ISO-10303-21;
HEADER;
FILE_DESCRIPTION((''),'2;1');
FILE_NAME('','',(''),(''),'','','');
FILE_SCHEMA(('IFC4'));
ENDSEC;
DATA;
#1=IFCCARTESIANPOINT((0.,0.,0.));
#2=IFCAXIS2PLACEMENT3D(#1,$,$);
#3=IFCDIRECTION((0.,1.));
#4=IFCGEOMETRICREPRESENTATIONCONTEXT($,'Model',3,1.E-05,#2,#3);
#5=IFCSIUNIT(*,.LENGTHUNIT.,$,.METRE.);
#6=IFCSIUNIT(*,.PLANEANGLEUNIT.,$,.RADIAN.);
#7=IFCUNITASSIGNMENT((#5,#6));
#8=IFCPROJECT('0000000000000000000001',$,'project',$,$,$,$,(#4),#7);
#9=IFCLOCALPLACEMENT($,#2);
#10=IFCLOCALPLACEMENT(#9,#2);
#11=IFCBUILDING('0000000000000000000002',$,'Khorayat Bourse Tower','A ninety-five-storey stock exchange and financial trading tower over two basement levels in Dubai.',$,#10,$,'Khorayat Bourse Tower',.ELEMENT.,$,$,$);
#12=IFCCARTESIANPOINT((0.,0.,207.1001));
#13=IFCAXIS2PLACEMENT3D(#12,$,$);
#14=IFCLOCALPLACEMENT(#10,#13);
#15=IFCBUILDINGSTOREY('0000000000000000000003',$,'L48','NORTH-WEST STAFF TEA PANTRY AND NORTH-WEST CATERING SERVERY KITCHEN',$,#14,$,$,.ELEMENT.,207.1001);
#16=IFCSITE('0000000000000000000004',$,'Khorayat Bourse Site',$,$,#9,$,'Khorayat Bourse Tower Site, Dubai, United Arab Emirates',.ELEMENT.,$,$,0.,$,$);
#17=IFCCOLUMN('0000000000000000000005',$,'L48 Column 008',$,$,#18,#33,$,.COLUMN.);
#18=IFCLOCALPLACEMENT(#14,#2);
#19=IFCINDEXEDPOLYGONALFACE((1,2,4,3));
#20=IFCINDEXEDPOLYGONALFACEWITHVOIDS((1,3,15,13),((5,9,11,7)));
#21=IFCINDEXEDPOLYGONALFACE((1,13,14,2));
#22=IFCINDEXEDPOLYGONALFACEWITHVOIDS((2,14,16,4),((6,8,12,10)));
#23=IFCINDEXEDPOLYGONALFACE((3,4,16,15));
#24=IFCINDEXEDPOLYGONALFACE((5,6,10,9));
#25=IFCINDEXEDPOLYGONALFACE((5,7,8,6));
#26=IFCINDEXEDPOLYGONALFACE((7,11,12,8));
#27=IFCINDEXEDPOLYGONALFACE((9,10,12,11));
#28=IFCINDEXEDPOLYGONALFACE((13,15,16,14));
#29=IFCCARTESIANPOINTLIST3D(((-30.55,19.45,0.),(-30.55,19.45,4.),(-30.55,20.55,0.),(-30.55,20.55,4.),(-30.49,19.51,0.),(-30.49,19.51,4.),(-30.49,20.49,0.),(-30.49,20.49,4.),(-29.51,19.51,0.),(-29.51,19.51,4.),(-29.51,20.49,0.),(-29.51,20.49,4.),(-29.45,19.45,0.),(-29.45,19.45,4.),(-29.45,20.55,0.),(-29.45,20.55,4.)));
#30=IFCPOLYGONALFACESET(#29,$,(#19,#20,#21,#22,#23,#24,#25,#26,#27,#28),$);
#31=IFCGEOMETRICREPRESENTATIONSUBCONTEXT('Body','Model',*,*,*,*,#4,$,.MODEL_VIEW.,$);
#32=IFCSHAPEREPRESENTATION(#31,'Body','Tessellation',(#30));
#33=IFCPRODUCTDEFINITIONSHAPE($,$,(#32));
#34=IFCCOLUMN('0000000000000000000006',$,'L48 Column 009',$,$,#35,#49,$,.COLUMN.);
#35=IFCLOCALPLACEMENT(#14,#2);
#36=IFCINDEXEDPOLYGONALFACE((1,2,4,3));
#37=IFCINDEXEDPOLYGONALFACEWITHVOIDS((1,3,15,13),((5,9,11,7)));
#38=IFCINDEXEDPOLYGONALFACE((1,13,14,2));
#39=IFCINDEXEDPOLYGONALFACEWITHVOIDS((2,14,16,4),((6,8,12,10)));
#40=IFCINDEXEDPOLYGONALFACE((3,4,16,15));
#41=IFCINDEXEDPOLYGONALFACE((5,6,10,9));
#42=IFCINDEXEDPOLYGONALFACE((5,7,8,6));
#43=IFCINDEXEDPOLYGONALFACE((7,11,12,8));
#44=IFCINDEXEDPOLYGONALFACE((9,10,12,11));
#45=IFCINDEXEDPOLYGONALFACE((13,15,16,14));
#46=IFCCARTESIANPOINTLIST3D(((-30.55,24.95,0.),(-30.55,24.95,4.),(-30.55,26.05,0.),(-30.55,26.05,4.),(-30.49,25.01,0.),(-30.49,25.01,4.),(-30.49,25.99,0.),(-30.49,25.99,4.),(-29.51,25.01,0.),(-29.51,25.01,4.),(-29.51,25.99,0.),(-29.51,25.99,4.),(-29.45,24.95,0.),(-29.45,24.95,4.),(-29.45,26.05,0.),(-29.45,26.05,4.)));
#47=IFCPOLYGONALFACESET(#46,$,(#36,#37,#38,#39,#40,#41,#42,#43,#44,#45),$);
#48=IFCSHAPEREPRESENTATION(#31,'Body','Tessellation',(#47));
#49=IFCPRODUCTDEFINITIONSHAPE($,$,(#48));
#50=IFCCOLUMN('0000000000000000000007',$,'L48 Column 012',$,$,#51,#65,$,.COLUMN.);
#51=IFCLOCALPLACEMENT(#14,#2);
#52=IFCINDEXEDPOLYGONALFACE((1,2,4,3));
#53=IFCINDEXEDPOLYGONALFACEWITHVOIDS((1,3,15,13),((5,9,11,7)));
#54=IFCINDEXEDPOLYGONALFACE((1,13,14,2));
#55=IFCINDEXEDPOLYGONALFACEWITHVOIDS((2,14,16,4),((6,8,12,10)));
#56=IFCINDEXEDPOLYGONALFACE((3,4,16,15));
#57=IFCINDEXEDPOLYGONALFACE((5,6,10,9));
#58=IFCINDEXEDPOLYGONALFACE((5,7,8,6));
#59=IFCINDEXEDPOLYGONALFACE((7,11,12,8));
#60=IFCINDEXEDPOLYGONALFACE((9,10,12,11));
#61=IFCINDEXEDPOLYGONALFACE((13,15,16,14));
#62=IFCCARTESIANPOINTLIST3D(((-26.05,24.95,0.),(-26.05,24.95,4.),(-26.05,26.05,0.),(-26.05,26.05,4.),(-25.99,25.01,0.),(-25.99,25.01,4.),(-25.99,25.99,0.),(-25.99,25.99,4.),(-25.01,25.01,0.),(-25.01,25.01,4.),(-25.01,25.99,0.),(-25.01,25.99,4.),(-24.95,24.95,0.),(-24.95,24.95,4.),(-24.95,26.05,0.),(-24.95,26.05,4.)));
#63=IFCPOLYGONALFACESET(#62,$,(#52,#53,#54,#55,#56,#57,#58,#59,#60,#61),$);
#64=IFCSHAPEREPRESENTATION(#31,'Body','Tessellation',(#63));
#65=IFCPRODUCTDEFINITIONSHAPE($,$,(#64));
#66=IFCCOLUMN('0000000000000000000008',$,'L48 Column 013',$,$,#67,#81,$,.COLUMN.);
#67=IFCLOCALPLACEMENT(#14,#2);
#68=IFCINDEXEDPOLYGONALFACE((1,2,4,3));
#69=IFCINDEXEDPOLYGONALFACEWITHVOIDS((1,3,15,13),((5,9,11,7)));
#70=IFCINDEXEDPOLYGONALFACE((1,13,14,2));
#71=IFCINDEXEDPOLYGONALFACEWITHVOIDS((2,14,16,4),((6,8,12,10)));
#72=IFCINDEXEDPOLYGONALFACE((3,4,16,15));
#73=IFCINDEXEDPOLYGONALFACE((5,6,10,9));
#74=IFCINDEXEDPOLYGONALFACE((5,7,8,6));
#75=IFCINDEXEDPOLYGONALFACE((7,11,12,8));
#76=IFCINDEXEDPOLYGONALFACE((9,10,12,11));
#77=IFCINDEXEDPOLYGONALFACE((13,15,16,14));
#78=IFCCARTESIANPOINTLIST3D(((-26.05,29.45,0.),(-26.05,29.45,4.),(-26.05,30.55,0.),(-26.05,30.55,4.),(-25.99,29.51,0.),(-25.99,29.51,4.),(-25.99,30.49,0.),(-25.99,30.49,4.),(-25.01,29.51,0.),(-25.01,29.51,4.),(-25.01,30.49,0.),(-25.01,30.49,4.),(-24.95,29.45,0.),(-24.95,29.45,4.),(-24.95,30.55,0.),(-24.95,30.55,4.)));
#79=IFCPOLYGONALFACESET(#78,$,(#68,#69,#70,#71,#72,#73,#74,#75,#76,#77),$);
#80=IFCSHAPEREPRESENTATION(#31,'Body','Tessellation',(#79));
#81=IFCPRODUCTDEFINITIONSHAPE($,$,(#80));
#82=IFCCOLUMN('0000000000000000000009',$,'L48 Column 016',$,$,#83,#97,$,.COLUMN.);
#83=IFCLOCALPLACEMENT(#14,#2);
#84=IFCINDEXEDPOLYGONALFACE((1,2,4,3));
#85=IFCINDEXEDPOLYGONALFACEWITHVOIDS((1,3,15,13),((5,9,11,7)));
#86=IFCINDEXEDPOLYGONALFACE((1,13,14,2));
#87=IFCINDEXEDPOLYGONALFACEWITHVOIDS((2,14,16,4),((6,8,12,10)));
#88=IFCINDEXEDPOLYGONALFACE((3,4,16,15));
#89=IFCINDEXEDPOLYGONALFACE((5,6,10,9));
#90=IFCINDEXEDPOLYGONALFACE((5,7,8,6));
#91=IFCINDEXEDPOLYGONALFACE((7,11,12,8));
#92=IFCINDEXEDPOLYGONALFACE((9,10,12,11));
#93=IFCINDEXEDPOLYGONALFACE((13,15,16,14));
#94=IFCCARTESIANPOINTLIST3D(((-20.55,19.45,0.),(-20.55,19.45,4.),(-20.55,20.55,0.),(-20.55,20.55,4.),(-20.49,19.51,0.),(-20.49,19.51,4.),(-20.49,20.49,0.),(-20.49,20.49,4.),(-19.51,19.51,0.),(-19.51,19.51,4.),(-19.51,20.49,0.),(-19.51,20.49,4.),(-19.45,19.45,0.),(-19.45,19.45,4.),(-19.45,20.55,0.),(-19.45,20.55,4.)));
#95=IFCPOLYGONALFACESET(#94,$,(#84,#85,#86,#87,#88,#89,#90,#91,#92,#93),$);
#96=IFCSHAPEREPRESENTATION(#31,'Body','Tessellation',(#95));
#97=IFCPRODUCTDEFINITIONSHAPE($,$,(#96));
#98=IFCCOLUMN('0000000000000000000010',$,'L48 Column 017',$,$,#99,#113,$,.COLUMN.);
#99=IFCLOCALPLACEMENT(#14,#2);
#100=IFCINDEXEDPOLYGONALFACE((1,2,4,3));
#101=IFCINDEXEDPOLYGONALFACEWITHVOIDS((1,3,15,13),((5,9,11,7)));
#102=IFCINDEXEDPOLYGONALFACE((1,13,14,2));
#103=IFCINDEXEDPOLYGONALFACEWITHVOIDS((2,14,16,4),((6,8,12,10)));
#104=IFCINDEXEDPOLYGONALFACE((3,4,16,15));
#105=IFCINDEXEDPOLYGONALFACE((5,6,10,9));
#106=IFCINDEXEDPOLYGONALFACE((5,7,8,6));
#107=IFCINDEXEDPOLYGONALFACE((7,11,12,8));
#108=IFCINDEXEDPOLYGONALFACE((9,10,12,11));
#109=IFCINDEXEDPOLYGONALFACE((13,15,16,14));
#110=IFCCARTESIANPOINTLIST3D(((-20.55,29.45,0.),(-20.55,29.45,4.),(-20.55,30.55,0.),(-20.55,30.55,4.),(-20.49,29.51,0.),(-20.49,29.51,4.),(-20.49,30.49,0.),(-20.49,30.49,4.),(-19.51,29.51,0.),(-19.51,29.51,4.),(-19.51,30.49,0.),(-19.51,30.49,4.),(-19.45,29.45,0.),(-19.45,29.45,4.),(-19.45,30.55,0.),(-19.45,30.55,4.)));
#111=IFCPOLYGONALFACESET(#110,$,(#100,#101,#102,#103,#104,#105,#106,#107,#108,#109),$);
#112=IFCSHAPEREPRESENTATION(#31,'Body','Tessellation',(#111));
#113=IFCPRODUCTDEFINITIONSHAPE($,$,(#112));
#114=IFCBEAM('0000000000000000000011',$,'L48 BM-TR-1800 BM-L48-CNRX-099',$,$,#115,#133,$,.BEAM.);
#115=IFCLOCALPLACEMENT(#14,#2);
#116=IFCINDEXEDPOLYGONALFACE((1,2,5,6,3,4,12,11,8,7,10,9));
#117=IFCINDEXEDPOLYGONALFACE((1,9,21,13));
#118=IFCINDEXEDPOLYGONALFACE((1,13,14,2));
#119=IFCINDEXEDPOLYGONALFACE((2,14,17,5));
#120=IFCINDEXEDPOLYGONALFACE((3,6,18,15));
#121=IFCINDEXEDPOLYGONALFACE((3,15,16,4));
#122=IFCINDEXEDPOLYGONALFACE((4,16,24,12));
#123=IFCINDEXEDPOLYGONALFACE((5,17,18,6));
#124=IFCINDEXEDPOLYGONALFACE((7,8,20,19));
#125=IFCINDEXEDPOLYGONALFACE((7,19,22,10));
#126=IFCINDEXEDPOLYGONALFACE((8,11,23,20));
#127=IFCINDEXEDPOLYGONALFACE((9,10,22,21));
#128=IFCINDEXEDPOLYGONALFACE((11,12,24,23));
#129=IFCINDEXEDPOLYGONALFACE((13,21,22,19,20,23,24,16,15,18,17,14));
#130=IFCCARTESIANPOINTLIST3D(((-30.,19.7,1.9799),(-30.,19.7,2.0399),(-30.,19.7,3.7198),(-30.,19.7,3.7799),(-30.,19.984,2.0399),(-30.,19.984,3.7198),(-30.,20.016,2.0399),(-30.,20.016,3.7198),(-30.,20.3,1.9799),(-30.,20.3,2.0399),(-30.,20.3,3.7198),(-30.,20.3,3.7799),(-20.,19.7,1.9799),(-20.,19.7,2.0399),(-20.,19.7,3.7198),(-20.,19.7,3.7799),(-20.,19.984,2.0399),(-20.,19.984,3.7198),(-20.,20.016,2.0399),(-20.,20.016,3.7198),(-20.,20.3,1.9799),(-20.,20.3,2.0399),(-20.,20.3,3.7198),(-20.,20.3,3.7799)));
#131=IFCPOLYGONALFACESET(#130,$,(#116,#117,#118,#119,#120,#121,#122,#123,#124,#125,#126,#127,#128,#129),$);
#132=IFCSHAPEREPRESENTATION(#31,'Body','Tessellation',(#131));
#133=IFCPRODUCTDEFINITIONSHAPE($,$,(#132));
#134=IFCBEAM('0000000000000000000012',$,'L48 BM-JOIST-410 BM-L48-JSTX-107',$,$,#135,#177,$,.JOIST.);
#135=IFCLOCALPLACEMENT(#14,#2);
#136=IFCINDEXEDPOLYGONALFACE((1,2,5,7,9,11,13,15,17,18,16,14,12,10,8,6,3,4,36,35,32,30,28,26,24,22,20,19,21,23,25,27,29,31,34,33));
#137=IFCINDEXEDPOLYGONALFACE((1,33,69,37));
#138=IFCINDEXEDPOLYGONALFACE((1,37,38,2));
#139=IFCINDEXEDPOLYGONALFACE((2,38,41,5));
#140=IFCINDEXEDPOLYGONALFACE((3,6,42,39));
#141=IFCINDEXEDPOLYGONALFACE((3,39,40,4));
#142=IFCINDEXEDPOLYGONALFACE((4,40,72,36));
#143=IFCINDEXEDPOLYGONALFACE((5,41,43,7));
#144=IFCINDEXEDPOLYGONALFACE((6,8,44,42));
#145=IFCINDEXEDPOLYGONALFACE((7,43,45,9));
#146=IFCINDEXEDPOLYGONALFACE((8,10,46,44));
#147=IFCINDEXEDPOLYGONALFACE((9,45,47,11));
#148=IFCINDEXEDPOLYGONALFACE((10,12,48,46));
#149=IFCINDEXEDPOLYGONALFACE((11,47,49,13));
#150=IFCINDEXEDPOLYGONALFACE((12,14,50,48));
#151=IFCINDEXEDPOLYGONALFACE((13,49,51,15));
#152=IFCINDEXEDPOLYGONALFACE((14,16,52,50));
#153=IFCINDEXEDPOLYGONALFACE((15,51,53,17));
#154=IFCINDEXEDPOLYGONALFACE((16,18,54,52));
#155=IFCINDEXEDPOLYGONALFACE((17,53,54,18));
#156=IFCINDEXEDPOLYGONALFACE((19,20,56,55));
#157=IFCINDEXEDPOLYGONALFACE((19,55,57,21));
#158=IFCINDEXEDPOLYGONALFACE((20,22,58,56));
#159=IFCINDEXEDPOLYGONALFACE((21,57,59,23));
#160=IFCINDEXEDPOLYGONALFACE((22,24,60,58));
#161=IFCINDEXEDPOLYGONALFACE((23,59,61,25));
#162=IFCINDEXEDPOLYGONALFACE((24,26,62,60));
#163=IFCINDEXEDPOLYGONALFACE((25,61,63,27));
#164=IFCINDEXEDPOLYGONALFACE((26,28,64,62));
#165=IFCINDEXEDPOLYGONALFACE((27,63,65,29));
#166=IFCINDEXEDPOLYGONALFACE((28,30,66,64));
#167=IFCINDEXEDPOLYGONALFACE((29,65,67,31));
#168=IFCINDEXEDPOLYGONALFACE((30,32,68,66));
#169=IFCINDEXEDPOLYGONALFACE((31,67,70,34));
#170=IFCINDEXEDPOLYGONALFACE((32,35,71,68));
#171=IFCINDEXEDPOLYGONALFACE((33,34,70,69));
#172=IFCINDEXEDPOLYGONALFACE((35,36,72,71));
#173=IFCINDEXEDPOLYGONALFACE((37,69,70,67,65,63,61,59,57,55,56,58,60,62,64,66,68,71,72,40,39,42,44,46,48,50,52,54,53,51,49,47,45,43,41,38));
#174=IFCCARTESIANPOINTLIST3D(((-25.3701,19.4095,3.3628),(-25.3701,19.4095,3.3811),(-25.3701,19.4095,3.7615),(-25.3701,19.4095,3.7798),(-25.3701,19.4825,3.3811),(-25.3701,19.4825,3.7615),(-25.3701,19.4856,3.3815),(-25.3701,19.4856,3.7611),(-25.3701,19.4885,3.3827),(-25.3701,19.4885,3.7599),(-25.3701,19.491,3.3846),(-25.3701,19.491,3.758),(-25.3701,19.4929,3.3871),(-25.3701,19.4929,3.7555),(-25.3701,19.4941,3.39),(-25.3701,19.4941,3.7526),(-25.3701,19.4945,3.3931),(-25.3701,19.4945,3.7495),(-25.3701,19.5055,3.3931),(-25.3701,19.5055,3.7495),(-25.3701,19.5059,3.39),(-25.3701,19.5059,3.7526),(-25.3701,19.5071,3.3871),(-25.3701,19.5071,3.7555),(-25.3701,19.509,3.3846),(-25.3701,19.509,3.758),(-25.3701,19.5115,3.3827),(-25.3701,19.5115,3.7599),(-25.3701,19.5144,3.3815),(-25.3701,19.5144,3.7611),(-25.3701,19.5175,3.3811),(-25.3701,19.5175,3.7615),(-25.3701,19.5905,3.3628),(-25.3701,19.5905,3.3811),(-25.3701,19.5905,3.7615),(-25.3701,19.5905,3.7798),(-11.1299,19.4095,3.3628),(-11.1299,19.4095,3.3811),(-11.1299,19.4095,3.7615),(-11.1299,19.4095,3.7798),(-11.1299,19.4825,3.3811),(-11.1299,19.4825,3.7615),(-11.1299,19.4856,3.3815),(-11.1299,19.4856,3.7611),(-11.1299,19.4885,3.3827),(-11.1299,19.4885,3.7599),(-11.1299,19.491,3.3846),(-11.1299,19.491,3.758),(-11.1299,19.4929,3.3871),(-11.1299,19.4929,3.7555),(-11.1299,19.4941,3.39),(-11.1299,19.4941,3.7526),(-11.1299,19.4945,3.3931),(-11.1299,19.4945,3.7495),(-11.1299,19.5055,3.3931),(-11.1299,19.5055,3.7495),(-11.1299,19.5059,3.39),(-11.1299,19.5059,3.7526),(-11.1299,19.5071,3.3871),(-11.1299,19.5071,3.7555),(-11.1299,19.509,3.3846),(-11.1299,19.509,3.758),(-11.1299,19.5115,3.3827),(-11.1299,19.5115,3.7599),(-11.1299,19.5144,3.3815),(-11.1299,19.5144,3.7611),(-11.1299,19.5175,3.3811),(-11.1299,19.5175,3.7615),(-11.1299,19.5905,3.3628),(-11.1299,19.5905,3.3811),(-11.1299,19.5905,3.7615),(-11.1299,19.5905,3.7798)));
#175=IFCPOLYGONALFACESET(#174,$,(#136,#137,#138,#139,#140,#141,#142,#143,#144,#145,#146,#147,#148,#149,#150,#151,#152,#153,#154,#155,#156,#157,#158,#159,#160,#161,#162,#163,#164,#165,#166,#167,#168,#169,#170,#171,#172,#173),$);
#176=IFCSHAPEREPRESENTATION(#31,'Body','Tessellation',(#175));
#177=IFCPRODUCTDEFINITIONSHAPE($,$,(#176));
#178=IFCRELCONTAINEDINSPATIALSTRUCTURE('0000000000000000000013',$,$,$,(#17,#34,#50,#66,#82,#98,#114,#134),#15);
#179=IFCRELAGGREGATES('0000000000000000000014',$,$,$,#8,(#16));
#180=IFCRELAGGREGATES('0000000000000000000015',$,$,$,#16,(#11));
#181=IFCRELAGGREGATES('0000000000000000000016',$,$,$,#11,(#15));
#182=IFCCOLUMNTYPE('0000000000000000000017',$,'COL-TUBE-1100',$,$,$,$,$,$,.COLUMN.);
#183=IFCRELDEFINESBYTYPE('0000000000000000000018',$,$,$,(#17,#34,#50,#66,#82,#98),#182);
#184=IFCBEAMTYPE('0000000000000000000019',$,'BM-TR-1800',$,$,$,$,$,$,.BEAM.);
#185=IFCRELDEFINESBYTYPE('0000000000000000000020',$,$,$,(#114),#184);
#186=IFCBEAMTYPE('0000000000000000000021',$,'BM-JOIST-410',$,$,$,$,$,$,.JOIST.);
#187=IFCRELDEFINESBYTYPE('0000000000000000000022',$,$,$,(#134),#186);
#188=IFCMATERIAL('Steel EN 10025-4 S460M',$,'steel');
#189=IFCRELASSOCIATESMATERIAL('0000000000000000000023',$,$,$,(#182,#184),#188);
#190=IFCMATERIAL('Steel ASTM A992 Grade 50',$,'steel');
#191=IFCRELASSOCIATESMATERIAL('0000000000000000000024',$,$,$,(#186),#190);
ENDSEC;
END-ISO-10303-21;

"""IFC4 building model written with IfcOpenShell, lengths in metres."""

from ifc_helpers import new_model, si_unit, direction, frame, origin, origin_2d, place, context, subcontext, project, spatial, hollow_rectangle, i_section, extrude, source, transform, mapped, material, material_profile, profile_set, type_object, element, save


model = new_model("IFC4")

# Units and contexts
model_context = context("Model", 3, precision=1e-05, world=origin(), true_north=direction((0.0, 1.0)))
body_context = subcontext(model_context, "Body", "Model", "MODEL_VIEW")
ifc_project = project(units=[si_unit("LENGTHUNIT", "METRE"), si_unit("PLANEANGLEUNIT", "RADIAN")], contexts=[model_context])

# Site, building, storey
site_placement = place(None, origin())
site = spatial("IfcSite", under=ifc_project, at=site_placement, Name="Khorayat Bourse Site", LongName="Khorayat Bourse Tower Site, Dubai, United Arab Emirates", CompositionType="ELEMENT", RefElevation=0.0)
building_placement = place(site_placement, origin())
building = spatial("IfcBuilding", under=site, at=building_placement, Name="Khorayat Bourse Tower", Description="A ninety-five-storey stock exchange and financial trading tower over two basement levels in Dubai.", LongName="Khorayat Bourse Tower", CompositionType="ELEMENT")
storey_placement = place(building_placement, frame((0.0, 0.0, 207.1001)))
storey = spatial("IfcBuildingStorey", under=building, at=storey_placement, Name="L48", Description="NORTH-WEST STAFF TEA PANTRY AND NORTH-WEST CATERING SERVERY KITCHEN", CompositionType="ELEMENT", Elevation=207.1001)

# Columns
ifc_material_1 = material(Name="Steel EN 10025-4 S460M", Category="steel")
ifc_material_profile_1 = material_profile(ifc_material_1, hollow_rectangle(XDim=1.1001, YDim=1.1001, WallThickness=0.0601, at=origin_2d()), Name="BOX 1100x1100x60")
ifc_profile_set_1 = profile_set([ifc_material_profile_1], Name="Steel EN 10025-4 S460M")
column_type = type_object("IfcColumnType", Name="COL-TUBE-1100", PredefinedType="COLUMN", material=ifc_profile_set_1)
shared_shape_1 = source(origin(), body_context, "Body", "SweptSolid", [
    extrude(hollow_rectangle(XDim=1.1001, YDim=1.1001, WallThickness=0.0601, at=origin_2d()), origin(), (0.0, 0.0, 1.0), 4.0),
])
for number, where, z_axis, x_axis, name in (
    (1, (-30.0, 20.0, 0.0), (0.0, 0.0, 1.0), (1.0, 0.0, 0.0), "L48 Column 008"),
    (2, (-30.0, 25.5, 0.0), (0.0, 0.0, 1.0), (1.0, 0.0, 0.0), "L48 Column 009"),
    (3, (-25.5, 25.5, 0.0), (0.0, 0.0, 1.0), (1.0, 0.0, 0.0), "L48 Column 012"),
    (4, (-25.5, 30.0, 0.0), (0.0, 0.0, 1.0), (1.0, 0.0, 0.0), "L48 Column 013"),
    (5, (-20.0, 20.0, 0.0), (0.0, 0.0, 1.0), (1.0, 0.0, 0.0), "L48 Column 016"),
    (6, (-20.0, 30.0, 0.0), (0.0, 0.0, 1.0), (1.0, 0.0, 0.0), "L48 Column 017"),
):
    element("IfcColumn", number, at=place(storey_placement, frame(where, z_axis=z_axis, x_axis=x_axis)), inside=storey, type_object=column_type, Name=name, PredefinedType="COLUMN", context=body_context, shape_type="MappedRepresentation", body=[
        mapped(shared_shape_1, transform((0.0, 0.0, 0.0), scale=1.0)),
    ])

# Beams
ifc_material_profile_2 = material_profile(ifc_material_1, i_section(OverallWidth=0.6001, OverallDepth=1.8, WebThickness=0.032, FlangeThickness=0.0601, at=origin_2d()), Name="PG 1800x600x32x60")
ifc_profile_set_2 = profile_set([ifc_material_profile_2], Name="Steel EN 10025-4 S460M")
beam_type_1 = type_object("IfcBeamType", Name="BM-TR-1800", PredefinedType="BEAM", material=ifc_profile_set_2)
shared_shape_2 = source(origin(), body_context, "Body", "SweptSolid", [
    extrude(i_section(OverallWidth=0.6001, OverallDepth=1.8, WebThickness=0.032, FlangeThickness=0.0601, at=origin_2d()), origin(), (0.0, 0.0, 1.0), 10.0),
])
beam_1_placement = place(storey_placement, frame((-30.0, 20.0, 2.8799), z_axis=(1.0, 0.0, 0.0), x_axis=(0.0, 1.0, 0.0)))
element("IfcBeam", 7, at=beam_1_placement, inside=storey, type_object=beam_type_1, Name="L48 BM-TR-1800 BM-L48-CNRX-099", PredefinedType="BEAM", context=body_context, shape_type="MappedRepresentation", body=[
    mapped(shared_shape_2, transform((0.0, 0.0, 0.0), scale=1.0)),
])
ifc_material_2 = material(Name="Steel ASTM A992 Grade 50", Category="steel")
ifc_material_profile_3 = material_profile(ifc_material_2, i_section(OverallWidth=0.1809, OverallDepth=0.417, WebThickness=0.011, FlangeThickness=0.0183, FilletRadius=0.012, at=origin_2d()), Name="W410X85")
ifc_profile_set_3 = profile_set([ifc_material_profile_3], Name="Steel ASTM A992 Grade 50")
beam_type_2 = type_object("IfcBeamType", Name="BM-JOIST-410", PredefinedType="JOIST", material=ifc_profile_set_3)
shared_shape_3 = source(origin(), body_context, "Body", "SweptSolid", [
    extrude(i_section(OverallWidth=0.1809, OverallDepth=0.417, WebThickness=0.011, FlangeThickness=0.0183, FilletRadius=0.012, at=origin_2d()), origin(), (0.0, 0.0, 1.0), 14.2402),
])
beam_2_placement = place(storey_placement, frame((-25.3701, 19.5, 3.5713), z_axis=(1.0, 0.0, 0.0), x_axis=(0.0, 1.0, 0.0)))
element("IfcBeam", 8, at=beam_2_placement, inside=storey, type_object=beam_type_2, Name="L48 BM-JOIST-410 BM-L48-JSTX-107", PredefinedType="JOIST", context=body_context, shape_type="MappedRepresentation", body=[
    mapped(shared_shape_3, transform((0.0, 0.0, 0.0), scale=1.0)),
])

save(model, "model.ifc")
